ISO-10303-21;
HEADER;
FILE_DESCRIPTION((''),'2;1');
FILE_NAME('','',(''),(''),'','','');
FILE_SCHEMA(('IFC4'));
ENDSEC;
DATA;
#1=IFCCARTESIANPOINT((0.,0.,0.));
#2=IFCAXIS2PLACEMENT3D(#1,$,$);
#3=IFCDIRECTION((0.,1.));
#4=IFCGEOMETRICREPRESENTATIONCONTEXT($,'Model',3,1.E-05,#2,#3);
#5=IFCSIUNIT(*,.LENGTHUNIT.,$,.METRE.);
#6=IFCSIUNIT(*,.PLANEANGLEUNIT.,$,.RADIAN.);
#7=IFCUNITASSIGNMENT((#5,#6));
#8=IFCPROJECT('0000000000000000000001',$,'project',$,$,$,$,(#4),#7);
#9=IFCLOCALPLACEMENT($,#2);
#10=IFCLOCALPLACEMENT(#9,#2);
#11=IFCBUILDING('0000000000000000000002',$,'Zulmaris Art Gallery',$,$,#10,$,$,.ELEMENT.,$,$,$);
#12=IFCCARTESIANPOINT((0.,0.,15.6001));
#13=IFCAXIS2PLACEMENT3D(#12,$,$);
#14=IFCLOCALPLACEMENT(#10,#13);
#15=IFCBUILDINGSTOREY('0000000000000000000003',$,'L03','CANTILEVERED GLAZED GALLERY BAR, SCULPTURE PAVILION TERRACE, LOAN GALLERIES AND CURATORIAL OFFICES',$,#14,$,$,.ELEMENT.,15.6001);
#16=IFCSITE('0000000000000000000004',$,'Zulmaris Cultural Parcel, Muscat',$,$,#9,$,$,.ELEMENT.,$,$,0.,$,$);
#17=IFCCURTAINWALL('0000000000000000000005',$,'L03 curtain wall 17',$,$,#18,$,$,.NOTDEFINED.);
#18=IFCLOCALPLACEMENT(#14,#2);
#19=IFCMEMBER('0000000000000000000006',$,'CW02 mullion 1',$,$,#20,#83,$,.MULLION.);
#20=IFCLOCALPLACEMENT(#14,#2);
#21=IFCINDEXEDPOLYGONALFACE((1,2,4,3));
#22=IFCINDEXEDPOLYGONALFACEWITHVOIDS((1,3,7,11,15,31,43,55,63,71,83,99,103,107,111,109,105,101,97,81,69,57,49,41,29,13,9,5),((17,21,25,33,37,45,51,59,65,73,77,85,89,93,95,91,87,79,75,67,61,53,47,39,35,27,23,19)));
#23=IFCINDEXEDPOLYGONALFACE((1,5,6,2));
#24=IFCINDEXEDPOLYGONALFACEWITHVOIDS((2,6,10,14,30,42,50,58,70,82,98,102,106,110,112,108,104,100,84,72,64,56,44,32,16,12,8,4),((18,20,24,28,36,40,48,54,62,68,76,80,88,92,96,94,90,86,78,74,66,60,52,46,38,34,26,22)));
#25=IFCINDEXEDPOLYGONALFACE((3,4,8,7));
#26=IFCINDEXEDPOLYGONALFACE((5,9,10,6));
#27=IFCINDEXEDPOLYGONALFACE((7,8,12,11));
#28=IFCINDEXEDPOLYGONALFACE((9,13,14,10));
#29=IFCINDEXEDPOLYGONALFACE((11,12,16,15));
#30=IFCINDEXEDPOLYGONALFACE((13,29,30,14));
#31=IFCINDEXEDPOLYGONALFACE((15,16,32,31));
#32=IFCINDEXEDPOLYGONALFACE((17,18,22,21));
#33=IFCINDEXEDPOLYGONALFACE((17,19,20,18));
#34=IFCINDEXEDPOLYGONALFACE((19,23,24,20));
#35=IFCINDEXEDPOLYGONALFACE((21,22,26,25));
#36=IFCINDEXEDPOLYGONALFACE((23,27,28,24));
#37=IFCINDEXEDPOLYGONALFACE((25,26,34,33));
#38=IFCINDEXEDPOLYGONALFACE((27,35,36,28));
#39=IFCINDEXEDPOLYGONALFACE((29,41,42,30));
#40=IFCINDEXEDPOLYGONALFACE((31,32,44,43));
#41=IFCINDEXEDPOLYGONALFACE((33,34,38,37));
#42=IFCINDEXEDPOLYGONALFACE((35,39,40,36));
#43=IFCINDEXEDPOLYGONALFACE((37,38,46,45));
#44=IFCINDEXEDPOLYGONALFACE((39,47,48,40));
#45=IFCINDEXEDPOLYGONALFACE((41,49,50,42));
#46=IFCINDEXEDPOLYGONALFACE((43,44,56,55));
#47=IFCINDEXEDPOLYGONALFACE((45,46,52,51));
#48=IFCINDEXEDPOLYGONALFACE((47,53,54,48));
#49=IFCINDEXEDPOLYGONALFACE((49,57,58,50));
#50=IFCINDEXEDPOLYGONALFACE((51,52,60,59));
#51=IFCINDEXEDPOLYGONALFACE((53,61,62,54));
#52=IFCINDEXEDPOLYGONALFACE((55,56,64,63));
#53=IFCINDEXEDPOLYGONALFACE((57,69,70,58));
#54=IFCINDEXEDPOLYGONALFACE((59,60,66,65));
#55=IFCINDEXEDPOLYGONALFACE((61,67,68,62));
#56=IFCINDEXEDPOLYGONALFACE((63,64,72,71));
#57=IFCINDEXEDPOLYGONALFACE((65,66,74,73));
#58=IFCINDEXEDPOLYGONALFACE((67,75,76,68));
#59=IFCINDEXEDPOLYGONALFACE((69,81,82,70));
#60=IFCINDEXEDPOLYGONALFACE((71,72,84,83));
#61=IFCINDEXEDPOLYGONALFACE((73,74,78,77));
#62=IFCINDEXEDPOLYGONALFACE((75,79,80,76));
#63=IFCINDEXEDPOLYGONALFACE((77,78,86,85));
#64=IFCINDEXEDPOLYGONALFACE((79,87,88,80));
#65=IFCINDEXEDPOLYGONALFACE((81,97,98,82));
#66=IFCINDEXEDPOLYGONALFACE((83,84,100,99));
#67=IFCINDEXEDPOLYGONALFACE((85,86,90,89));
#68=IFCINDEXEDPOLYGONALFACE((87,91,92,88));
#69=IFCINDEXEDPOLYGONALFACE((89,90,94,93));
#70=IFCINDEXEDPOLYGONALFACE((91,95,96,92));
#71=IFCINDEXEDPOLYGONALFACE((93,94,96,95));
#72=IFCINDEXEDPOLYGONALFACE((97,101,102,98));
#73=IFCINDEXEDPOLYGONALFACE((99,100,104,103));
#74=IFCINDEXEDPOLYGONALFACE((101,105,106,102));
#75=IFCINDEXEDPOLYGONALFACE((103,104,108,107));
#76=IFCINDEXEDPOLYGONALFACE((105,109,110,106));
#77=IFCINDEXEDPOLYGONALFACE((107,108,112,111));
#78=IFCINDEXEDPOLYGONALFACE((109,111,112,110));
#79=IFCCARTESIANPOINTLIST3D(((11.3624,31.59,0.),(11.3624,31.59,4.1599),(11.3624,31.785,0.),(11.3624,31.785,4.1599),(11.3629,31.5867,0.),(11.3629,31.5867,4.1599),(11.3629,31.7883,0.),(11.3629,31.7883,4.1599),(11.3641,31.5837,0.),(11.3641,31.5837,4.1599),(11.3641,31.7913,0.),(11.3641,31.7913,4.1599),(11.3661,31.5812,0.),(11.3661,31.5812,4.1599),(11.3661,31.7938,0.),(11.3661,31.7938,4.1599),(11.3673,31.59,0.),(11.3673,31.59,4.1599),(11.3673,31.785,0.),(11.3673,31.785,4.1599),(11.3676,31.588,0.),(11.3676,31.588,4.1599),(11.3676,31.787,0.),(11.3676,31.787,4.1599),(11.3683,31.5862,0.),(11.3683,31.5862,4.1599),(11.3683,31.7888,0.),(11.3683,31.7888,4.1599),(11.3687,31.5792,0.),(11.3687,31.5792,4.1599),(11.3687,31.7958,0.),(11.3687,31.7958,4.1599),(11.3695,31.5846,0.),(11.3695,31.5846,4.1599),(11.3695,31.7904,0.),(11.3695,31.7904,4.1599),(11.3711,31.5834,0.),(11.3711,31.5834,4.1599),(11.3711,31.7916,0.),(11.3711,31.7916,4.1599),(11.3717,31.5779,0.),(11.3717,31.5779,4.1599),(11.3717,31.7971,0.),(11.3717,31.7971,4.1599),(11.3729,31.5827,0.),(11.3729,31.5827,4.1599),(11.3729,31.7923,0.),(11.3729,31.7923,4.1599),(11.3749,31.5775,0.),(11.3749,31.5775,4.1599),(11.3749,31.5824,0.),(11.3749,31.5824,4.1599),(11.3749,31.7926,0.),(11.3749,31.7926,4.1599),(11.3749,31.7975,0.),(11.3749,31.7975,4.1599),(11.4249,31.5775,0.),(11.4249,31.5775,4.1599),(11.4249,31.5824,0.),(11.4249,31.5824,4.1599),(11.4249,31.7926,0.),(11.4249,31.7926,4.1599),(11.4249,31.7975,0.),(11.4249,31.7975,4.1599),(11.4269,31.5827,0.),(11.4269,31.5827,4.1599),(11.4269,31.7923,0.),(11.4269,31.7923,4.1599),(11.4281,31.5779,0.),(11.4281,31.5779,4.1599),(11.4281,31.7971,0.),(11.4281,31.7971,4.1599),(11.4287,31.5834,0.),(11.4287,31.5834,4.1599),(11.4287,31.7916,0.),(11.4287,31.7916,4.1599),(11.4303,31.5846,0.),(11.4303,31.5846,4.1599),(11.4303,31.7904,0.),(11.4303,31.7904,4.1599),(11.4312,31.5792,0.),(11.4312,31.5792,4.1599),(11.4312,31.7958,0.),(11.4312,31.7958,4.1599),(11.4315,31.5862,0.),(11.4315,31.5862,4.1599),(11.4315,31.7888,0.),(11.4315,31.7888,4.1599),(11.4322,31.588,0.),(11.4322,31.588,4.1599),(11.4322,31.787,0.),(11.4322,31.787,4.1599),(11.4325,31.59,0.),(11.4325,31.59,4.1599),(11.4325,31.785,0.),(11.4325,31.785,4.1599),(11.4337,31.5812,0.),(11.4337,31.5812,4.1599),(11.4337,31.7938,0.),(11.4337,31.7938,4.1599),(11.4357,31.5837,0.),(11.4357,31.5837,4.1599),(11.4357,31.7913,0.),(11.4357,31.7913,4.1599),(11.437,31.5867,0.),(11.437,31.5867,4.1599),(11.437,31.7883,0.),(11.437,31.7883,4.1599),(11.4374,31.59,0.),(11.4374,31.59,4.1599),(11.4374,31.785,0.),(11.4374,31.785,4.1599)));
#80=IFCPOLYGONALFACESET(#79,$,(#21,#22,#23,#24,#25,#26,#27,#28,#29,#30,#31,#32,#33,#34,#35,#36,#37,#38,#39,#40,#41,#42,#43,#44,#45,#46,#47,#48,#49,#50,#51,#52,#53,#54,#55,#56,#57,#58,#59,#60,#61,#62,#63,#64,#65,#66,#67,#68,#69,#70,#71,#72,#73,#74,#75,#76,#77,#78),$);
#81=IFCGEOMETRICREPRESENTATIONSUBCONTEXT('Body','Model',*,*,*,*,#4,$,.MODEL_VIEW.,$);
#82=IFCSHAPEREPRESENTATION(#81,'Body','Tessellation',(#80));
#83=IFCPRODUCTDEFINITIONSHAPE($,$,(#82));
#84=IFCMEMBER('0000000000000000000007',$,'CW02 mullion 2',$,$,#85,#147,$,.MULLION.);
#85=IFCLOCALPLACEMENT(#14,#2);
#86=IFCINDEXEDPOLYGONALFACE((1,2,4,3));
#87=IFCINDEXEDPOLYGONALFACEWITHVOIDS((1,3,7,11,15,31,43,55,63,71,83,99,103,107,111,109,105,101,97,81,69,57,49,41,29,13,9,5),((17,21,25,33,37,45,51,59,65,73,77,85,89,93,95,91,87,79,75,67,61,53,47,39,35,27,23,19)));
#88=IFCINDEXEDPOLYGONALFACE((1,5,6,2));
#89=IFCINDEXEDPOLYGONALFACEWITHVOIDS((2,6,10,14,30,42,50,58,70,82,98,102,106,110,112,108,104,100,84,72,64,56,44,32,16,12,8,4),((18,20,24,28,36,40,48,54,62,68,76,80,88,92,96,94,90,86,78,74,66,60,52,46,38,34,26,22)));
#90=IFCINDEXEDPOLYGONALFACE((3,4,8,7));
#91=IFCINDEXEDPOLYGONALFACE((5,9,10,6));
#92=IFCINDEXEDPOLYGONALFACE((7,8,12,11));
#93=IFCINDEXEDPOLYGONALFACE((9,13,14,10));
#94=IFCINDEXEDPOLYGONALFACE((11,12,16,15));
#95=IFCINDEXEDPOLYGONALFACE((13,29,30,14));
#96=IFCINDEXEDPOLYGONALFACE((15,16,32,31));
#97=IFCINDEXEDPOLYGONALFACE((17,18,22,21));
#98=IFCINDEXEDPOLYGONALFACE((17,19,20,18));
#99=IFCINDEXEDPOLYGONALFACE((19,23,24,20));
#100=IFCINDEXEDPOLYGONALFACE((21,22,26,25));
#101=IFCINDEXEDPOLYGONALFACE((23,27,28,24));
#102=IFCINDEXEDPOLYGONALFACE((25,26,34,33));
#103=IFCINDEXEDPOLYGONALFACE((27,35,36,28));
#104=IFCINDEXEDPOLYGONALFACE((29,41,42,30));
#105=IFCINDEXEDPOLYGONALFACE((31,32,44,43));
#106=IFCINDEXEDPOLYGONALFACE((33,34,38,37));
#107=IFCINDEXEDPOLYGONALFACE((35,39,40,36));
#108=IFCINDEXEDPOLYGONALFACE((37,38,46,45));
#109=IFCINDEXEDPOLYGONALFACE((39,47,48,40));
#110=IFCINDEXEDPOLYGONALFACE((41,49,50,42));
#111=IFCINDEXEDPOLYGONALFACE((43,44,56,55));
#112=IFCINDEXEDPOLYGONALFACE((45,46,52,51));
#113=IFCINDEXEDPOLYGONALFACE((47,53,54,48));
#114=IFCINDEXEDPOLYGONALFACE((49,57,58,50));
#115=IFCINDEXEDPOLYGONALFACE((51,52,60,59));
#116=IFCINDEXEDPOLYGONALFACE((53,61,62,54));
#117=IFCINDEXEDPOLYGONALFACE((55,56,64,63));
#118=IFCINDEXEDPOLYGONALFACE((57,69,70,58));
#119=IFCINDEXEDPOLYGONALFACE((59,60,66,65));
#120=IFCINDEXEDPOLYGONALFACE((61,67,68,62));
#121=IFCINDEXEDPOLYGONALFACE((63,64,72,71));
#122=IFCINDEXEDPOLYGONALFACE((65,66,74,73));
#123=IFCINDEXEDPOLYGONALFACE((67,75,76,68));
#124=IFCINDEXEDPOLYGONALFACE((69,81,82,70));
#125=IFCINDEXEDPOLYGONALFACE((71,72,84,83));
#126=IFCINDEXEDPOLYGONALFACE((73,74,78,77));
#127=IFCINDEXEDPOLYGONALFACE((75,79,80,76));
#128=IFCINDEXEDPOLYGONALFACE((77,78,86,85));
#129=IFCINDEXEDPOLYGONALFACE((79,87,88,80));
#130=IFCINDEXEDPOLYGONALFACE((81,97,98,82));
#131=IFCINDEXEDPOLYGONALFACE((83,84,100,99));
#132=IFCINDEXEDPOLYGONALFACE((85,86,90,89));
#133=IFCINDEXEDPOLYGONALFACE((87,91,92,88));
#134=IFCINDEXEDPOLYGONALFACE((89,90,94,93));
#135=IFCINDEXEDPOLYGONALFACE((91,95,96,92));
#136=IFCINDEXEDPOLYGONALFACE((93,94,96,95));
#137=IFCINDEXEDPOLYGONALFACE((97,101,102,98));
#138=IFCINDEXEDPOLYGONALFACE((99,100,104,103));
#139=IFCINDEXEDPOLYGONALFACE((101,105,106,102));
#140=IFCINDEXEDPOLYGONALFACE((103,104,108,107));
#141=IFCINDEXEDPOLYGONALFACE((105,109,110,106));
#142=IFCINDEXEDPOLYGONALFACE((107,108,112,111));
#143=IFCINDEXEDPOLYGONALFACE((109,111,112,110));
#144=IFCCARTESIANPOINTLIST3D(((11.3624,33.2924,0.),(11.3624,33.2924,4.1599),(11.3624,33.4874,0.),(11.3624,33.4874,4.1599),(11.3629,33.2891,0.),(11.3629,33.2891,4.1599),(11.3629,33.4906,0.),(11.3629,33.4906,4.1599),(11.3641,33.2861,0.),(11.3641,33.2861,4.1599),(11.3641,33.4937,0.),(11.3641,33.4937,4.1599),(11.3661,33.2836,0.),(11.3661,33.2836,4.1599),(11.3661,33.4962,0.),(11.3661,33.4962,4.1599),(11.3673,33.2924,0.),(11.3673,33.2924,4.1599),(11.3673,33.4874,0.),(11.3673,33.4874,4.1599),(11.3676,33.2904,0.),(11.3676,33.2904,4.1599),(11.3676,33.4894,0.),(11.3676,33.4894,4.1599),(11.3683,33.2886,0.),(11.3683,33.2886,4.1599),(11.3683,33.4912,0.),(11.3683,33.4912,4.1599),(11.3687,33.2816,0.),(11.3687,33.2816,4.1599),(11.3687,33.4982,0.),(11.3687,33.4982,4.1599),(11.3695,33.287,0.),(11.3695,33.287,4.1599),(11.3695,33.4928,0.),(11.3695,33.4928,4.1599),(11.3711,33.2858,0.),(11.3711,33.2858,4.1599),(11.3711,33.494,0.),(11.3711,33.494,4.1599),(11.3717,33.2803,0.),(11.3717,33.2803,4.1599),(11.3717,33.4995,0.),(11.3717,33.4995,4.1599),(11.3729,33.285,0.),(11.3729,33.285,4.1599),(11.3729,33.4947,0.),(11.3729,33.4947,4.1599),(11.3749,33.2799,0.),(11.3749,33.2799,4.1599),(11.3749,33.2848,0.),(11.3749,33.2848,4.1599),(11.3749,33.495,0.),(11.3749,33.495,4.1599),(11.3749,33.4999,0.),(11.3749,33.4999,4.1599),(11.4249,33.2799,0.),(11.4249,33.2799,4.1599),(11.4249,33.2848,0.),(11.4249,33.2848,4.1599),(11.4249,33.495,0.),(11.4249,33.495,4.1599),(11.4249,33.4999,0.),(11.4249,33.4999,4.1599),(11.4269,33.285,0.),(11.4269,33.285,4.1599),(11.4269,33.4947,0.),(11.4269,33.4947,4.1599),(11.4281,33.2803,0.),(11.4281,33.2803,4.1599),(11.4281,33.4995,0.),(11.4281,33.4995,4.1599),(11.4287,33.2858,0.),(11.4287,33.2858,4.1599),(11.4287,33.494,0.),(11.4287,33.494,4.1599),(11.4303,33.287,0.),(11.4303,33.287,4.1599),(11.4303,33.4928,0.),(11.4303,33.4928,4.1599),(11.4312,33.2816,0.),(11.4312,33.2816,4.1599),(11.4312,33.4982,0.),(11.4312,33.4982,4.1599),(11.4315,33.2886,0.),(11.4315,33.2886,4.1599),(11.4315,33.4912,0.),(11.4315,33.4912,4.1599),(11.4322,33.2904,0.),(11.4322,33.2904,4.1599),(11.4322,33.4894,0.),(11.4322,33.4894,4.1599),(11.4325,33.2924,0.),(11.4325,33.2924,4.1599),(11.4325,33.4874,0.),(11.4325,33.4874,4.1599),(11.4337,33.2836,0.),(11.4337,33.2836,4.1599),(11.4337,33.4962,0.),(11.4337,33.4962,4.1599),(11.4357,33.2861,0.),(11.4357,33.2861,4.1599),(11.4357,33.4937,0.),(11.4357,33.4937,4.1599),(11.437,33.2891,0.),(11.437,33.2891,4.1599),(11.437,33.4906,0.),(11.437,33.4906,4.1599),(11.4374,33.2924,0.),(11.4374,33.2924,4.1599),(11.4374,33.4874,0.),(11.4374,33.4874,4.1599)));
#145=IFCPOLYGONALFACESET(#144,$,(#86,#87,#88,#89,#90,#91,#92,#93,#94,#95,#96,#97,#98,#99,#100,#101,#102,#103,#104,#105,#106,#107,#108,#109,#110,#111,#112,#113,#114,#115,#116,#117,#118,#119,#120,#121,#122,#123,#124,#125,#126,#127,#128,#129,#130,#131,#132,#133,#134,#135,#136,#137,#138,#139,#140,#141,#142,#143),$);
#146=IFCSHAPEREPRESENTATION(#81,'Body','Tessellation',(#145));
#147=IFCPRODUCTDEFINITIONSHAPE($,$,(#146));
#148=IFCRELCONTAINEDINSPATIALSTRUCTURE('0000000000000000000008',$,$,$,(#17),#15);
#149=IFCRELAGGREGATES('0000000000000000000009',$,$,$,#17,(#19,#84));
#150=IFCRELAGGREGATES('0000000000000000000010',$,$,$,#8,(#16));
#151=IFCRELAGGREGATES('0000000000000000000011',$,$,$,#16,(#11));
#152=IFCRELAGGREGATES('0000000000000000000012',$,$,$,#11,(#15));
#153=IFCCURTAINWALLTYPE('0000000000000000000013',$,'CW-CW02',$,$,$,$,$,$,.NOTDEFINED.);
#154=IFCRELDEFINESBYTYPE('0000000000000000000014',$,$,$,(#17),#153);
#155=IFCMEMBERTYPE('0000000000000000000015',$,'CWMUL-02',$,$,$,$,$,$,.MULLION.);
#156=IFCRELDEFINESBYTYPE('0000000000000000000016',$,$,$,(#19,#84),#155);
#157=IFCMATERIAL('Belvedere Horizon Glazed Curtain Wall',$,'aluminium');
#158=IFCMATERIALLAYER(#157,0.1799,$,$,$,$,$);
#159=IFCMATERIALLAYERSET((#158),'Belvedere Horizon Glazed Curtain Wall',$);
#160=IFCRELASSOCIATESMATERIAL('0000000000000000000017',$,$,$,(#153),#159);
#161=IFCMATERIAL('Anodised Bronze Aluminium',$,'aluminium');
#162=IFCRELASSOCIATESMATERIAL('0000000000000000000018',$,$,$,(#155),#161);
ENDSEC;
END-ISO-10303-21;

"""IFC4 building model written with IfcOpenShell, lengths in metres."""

from ifc_helpers import new_model, si_unit, direction, frame, origin, origin_2d, place, context, subcontext, project, spatial, hollow_rectangle, extrude, material, layer, layer_set, material_profile, profile_set, type_object, element, aggregate, save


model = new_model("IFC4")

# Units and contexts
model_context = context("Model", 3, precision=1e-05, world=origin(), true_north=direction((0.0, 1.0)))
body_context = subcontext(model_context, "Body", "Model", "MODEL_VIEW")
ifc_project = project(units=[si_unit("LENGTHUNIT", "METRE"), si_unit("PLANEANGLEUNIT", "RADIAN")], contexts=[model_context])

# Site, building, storey
site_placement = place(None, origin())
site = spatial("IfcSite", under=ifc_project, at=site_placement, Name="Zulmaris Cultural Parcel, Muscat", CompositionType="ELEMENT", RefElevation=0.0)
building_placement = place(site_placement, origin())
building = spatial("IfcBuilding", under=site, at=building_placement, Name="Zulmaris Art Gallery", CompositionType="ELEMENT")
storey_placement = place(building_placement, frame((0.0, 0.0, 15.6001)))
storey = spatial("IfcBuildingStorey", under=building, at=storey_placement, Name="L03", Description="CANTILEVERED GLAZED GALLERY BAR, SCULPTURE PAVILION TERRACE, LOAN GALLERIES AND CURATORIAL OFFICES", CompositionType="ELEMENT", Elevation=15.6001)

# Shared definitions
ifc_material_1 = material(Name="Belvedere Horizon Glazed Curtain Wall", Category="aluminium")
ifc_layer_1 = layer(ifc_material_1, 0.1799)
ifc_layer_set_1 = layer_set([ifc_layer_1], Name="Belvedere Horizon Glazed Curtain Wall")
curtain_wall_type = type_object("IfcCurtainWallType", Name="CW-CW02", PredefinedType="NOTDEFINED", material=ifc_layer_set_1)
ifc_material_2 = material(Name="Anodised Bronze Aluminium", Category="aluminium")
ifc_material_profile_1 = material_profile(ifc_material_2, hollow_rectangle(XDim=0.075, YDim=0.22, WallThickness=0.0049, InnerFilletRadius=0.0076, OuterFilletRadius=0.0125, at=origin_2d()), Name="ALU 75x220x5")
ifc_profile_set_1 = profile_set([ifc_material_profile_1], Name="Anodised Bronze Aluminium")
member_type_1 = type_object("IfcMemberType", Name="CWMUL-02", PredefinedType="MULLION", material=ifc_profile_set_1)

# Curtain wall, members
curtain_wall_1_placement = place(storey_placement, origin())
curtain_wall_1 = element("IfcCurtainWall", 1, at=curtain_wall_1_placement, inside=storey, type_object=curtain_wall_type, Name="L03 curtain wall 17", PredefinedType="NOTDEFINED")
member_1_placement = place(storey_placement, frame((11.3999, 31.6875, 0.0), z_axis=(0.0, 0.0, 1.0), x_axis=(-1.0, 0.0, 0.0)))
member_1 = element("IfcMember", 2, at=member_1_placement, type_object=member_type_1, Name="CW02 mullion 1", PredefinedType="MULLION", context=body_context, shape_type="SweptSolid", body=[
    extrude(hollow_rectangle(XDim=0.075, YDim=0.22, WallThickness=0.0049, InnerFilletRadius=0.0076, OuterFilletRadius=0.0125, at=origin_2d()), origin(), (0.0, 0.0, 1.0), 4.1599),
])
member_2_placement = place(storey_placement, frame((11.3999, 33.3899, 0.0), z_axis=(0.0, 0.0, 1.0), x_axis=(-1.0, 0.0, 0.0)))
member_2 = element("IfcMember", 3, at=member_2_placement, type_object=member_type_1, Name="CW02 mullion 2", PredefinedType="MULLION", context=body_context, shape_type="SweptSolid", body=[
    extrude(hollow_rectangle(XDim=0.075, YDim=0.22, WallThickness=0.0049, InnerFilletRadius=0.0076, OuterFilletRadius=0.0125, at=origin_2d()), origin(), (0.0, 0.0, 1.0), 4.1599),
])

aggregate(curtain_wall_1, [member_1, member_2])

save(model, "model.ifc")
